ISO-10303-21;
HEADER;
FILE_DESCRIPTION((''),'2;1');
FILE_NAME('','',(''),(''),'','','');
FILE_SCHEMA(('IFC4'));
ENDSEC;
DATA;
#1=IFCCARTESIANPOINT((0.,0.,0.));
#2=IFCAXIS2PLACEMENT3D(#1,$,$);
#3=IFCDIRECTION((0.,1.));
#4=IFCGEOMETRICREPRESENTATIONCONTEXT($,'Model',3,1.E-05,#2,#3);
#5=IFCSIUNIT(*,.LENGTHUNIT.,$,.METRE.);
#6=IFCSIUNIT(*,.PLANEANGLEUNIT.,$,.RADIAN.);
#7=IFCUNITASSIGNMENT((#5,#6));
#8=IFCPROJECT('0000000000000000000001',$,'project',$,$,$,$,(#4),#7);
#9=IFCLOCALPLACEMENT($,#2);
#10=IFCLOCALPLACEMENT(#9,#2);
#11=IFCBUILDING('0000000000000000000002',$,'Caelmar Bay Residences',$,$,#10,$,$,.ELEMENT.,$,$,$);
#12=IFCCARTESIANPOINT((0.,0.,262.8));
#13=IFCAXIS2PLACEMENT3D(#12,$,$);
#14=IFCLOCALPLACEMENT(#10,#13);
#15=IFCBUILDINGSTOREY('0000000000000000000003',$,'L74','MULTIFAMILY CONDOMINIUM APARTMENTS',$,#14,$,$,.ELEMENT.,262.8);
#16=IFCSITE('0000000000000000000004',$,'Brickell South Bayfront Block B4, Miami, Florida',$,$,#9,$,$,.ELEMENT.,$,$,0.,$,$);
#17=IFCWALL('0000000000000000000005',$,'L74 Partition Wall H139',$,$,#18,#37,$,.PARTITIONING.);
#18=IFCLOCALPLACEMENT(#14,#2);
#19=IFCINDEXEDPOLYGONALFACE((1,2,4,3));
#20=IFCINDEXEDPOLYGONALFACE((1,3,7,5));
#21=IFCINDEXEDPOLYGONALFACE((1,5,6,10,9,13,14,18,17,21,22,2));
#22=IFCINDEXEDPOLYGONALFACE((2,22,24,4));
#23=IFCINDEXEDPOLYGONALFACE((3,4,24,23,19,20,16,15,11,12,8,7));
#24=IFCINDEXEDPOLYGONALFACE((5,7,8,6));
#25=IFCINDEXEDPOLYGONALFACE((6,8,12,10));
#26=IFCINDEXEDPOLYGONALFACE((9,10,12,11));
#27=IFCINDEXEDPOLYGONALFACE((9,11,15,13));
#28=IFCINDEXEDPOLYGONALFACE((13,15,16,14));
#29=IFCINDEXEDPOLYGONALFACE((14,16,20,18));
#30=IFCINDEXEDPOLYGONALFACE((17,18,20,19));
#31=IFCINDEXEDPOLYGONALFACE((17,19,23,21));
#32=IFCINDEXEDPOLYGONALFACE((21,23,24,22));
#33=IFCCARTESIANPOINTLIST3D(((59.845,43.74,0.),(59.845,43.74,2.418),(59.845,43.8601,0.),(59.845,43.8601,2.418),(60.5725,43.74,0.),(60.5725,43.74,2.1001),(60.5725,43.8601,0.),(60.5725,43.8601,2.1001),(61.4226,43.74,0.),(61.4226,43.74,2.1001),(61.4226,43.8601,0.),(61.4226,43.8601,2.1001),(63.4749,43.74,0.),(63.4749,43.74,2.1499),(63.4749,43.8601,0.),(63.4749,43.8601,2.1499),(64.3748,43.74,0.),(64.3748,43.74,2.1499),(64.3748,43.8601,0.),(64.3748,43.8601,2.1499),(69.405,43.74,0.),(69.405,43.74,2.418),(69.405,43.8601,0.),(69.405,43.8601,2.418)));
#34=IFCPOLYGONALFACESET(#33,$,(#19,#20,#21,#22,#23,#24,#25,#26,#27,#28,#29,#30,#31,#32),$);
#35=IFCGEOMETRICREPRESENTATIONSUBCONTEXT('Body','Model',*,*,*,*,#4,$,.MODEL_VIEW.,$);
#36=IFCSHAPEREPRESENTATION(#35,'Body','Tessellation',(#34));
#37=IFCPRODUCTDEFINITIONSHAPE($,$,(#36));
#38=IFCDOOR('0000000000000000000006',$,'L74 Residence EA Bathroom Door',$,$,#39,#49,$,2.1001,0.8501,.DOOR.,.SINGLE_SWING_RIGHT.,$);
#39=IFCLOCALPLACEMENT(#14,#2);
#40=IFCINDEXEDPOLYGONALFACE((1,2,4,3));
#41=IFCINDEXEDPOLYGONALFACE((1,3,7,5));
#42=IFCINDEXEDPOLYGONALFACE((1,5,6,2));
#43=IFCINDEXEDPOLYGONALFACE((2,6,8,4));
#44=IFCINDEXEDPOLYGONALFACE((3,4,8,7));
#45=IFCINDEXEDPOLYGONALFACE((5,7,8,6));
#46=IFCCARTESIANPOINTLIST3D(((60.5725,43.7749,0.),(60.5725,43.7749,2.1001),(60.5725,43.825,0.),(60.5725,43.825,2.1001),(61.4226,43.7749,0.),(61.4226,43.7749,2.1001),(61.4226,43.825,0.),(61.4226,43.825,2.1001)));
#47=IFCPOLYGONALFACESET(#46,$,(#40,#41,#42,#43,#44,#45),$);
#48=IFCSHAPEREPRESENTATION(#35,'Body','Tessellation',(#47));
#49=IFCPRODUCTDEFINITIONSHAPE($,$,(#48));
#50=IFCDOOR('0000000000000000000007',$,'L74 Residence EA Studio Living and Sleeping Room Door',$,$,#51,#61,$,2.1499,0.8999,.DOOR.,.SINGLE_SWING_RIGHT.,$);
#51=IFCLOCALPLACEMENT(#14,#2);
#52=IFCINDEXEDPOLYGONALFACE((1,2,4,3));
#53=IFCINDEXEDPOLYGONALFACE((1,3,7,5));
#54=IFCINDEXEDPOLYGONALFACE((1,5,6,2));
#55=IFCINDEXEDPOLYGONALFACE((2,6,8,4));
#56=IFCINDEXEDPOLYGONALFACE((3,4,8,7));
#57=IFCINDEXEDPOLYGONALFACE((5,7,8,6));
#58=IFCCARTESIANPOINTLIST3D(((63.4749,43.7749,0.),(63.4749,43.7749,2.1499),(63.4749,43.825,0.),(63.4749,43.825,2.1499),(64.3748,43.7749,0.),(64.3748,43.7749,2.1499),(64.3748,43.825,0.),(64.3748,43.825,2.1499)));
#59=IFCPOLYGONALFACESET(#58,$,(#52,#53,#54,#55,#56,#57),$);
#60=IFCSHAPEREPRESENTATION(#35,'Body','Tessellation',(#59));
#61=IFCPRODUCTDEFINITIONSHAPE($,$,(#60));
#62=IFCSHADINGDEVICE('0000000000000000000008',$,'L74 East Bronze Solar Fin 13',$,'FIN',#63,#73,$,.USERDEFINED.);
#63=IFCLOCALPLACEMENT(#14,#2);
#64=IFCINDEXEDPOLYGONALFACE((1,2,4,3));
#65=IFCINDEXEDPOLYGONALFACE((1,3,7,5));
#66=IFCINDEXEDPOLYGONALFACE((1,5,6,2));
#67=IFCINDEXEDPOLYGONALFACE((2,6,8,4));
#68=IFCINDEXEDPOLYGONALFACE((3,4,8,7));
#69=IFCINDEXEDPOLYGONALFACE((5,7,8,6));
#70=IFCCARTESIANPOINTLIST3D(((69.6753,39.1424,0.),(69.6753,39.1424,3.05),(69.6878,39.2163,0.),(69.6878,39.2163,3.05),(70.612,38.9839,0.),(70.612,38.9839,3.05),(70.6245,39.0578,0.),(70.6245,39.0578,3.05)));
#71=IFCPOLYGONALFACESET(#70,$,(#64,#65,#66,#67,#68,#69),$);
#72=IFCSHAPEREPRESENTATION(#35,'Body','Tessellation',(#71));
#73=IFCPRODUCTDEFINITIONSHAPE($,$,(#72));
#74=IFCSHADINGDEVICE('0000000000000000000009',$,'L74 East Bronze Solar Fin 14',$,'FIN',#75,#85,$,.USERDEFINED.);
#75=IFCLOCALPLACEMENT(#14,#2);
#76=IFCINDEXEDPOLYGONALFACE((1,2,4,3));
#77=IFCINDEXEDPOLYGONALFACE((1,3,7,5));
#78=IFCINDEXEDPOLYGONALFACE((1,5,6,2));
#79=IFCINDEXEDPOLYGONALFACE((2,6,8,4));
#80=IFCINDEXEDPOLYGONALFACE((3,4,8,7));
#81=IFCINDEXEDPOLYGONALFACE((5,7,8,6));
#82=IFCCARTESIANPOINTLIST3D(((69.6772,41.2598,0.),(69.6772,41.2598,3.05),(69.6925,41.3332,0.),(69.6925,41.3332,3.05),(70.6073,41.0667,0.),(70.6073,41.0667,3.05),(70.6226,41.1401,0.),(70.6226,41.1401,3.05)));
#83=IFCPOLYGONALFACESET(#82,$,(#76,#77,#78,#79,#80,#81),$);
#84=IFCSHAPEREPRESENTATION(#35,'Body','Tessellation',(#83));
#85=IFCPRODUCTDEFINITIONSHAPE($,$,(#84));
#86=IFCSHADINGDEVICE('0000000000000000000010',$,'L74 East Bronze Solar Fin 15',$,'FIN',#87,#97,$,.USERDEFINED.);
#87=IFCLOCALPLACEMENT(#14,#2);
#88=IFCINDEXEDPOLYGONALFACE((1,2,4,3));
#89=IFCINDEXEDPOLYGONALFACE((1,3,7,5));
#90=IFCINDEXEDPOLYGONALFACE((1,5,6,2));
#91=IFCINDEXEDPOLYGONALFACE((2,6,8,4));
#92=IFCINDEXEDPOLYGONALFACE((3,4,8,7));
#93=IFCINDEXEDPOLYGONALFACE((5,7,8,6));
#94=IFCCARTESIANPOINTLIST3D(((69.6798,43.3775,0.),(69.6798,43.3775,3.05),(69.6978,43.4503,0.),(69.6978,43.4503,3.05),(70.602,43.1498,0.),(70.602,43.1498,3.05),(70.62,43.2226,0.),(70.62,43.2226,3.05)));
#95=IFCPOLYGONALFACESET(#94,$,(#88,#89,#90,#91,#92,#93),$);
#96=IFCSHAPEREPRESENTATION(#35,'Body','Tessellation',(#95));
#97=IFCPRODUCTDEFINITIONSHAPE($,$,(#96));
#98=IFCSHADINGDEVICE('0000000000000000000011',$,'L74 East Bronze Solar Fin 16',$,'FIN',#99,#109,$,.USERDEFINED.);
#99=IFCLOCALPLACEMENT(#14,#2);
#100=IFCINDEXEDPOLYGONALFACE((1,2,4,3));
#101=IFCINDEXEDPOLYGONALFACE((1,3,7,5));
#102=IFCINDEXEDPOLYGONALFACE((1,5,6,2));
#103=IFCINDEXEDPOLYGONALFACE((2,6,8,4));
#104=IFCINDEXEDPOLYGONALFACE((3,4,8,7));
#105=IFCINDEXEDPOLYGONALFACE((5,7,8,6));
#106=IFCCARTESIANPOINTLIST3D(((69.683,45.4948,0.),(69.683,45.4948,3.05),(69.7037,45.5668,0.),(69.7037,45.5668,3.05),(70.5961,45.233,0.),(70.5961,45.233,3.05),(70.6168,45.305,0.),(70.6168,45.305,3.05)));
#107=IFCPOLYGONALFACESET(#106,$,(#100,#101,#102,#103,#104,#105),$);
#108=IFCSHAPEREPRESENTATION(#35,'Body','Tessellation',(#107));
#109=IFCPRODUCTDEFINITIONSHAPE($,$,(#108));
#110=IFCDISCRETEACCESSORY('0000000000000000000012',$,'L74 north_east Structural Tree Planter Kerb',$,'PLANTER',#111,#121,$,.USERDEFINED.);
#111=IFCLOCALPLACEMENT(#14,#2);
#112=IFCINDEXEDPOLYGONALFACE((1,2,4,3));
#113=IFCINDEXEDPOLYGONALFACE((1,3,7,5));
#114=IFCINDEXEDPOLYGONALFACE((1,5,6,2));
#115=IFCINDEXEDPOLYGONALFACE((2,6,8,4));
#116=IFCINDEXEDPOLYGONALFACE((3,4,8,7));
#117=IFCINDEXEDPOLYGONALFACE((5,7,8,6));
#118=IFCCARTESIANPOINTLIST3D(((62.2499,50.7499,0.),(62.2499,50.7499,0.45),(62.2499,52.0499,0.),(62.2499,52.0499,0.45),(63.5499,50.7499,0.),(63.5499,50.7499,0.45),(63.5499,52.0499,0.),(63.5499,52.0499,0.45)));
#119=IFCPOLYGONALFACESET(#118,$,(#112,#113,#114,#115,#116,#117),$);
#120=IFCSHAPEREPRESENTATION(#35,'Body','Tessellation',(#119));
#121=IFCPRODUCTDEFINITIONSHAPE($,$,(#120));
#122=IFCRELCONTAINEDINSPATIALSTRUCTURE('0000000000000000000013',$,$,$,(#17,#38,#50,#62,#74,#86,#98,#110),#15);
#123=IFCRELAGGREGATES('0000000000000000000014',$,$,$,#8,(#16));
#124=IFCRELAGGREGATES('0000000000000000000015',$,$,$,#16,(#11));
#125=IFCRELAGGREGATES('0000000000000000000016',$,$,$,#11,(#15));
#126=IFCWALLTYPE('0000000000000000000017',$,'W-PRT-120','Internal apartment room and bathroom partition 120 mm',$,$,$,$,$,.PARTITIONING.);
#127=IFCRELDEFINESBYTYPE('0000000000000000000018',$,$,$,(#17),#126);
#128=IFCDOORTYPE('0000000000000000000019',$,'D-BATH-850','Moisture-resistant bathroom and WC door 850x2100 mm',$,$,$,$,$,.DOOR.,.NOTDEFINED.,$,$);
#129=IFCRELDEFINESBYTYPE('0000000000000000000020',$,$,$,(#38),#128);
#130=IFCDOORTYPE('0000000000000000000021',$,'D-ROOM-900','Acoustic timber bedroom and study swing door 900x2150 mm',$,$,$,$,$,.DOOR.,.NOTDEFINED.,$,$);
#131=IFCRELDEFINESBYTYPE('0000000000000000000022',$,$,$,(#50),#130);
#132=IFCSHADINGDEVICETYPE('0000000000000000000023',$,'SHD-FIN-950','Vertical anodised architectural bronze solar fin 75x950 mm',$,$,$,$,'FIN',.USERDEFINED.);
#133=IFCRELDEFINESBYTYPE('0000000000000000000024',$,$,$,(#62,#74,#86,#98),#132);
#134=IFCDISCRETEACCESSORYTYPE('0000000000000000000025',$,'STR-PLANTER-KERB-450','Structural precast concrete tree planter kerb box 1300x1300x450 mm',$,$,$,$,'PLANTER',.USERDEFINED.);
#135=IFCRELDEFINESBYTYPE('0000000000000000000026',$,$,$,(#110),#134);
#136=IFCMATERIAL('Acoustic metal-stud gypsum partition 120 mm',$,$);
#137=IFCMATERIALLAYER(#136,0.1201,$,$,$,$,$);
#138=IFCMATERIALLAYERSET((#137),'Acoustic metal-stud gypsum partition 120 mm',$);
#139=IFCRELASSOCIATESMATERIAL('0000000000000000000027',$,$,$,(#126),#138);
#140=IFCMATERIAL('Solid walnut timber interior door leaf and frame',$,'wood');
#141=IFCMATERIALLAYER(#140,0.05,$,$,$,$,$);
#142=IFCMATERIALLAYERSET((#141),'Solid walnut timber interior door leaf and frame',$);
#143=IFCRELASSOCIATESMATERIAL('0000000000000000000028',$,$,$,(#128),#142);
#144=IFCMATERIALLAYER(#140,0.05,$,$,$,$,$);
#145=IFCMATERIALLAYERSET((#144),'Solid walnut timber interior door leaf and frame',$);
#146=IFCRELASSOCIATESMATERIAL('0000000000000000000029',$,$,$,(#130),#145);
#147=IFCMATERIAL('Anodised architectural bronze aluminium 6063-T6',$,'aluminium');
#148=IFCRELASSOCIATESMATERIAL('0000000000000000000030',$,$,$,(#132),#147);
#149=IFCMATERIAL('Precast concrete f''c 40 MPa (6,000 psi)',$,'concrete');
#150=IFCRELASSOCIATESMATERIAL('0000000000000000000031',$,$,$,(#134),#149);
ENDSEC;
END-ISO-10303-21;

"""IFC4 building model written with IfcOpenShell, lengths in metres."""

from ifc_helpers import new_model, si_unit, direction, frame, frame_2d, origin, origin_2d, place, context, subcontext, project, spatial, rectangle, extrude, material, layer, layer_set, material_profile, profile_set, type_object, element, fill, save


model = new_model("IFC4")

# Units and contexts
model_context = context("Model", 3, precision=1e-05, world=origin(), true_north=direction((0.0, 1.0)))
body_context = subcontext(model_context, "Body", "Model", "MODEL_VIEW")
ifc_project = project(units=[si_unit("LENGTHUNIT", "METRE"), si_unit("PLANEANGLEUNIT", "RADIAN")], contexts=[model_context])

# Site, building, storey
site_placement = place(None, origin())
site = spatial("IfcSite", under=ifc_project, at=site_placement, Name="Brickell South Bayfront Block B4, Miami, Florida", CompositionType="ELEMENT", RefElevation=0.0)
building_placement = place(site_placement, origin())
building = spatial("IfcBuilding", under=site, at=building_placement, Name="Caelmar Bay Residences", CompositionType="ELEMENT")
storey_placement = place(building_placement, frame((0.0, 0.0, 262.8)))
storey = spatial("IfcBuildingStorey", under=building, at=storey_placement, Name="L74", Description="MULTIFAMILY CONDOMINIUM APARTMENTS", CompositionType="ELEMENT", Elevation=262.8)

# Shared definitions
ifc_material_1 = material(Name="Precast concrete f'c 40 MPa (6,000 psi)", Category="concrete")

# Shared definitions
ifc_material_2 = material(Name="Acoustic metal-stud gypsum partition 120 mm")
ifc_layer_1 = layer(ifc_material_2, 0.1201)
ifc_layer_set_1 = layer_set([ifc_layer_1], Name="Acoustic metal-stud gypsum partition 120 mm")
wall_type_1 = type_object("IfcWallType", Name="W-PRT-120", Description="Internal apartment room and bathroom partition 120 mm", PredefinedType="PARTITIONING", material=ifc_layer_set_1)

# Wall, openings, doors
wall_1_placement = place(storey_placement, frame((59.845, 43.8, 0.0), z_axis=(0.0, 0.0, 1.0), x_axis=(1.0, 0.0, 0.0)))
wall_1 = element("IfcWall", 1, at=wall_1_placement, inside=storey, type_object=wall_type_1, Name="L74 Partition Wall H139", PredefinedType="PARTITIONING", context=body_context, shape_type="SweptSolid", body=[
    extrude(rectangle(XDim=9.5601, YDim=0.1201, at=frame_2d((4.78, 0.0))), origin(), (0.0, 0.0, 1.0), 2.418),
])
opening_1_placement = place(wall_1_placement, frame((3.6299, 0.0, 0.0)))
opening_1 = element("IfcOpeningElement", 2, at=opening_1_placement, cuts=wall_1, PredefinedType="OPENING", context=body_context, shape_type="SweptSolid", body=[
    extrude(rectangle(XDim=0.8999, YDim=2.1499, at=frame_2d((0.45, 1.075))), frame((0.0, 0.0701, 0.0), z_axis=(0.0, -1.0, 0.0), x_axis=(1.0, 0.0, 0.0)), (0.0, 0.0, 1.0), 0.1401),
])
opening_2_placement = place(wall_1_placement, frame((0.7275, 0.0, 0.0)))
opening_2 = element("IfcOpeningElement", 3, at=opening_2_placement, cuts=wall_1, PredefinedType="OPENING", context=body_context, shape_type="SweptSolid", body=[
    extrude(rectangle(XDim=0.8501, YDim=2.1001, at=frame_2d((0.425, 1.05))), frame((0.0, 0.0701, 0.0), z_axis=(0.0, -1.0, 0.0), x_axis=(1.0, 0.0, 0.0)), (0.0, 0.0, 1.0), 0.1401),
])
ifc_material_3 = material(Name="Solid walnut timber interior door leaf and frame", Category="wood")
ifc_layer_2 = layer(ifc_material_3, 0.05)
ifc_layer_set_2 = layer_set([ifc_layer_2], Name="Solid walnut timber interior door leaf and frame")
door_type_1 = type_object("IfcDoorType", Name="D-BATH-850", Description="Moisture-resistant bathroom and WC door 850x2100 mm", OperationType="NOTDEFINED", PredefinedType="DOOR", material=ifc_layer_set_2)
door_1_placement = place(opening_2_placement, origin())
door_1 = element("IfcDoor", 4, at=door_1_placement, inside=storey, type_object=door_type_1, Name="L74 Residence EA Bathroom Door", OperationType="SINGLE_SWING_RIGHT", OverallHeight=2.1001, OverallWidth=0.8501, PredefinedType="DOOR", context=body_context, shape_type="SweptSolid", body=[
    extrude(rectangle(XDim=0.8501, YDim=2.1001, at=frame_2d((0.425, 1.05))), frame((0.0, 0.0249, 0.0), z_axis=(0.0, -1.0, 0.0), x_axis=(1.0, 0.0, 0.0)), (0.0, 0.0, 1.0), 0.05),
])
fill(opening_2, door_1)
ifc_layer_3 = layer(ifc_material_3, 0.05)
ifc_layer_set_3 = layer_set([ifc_layer_3], Name="Solid walnut timber interior door leaf and frame")
door_type_2 = type_object("IfcDoorType", Name="D-ROOM-900", Description="Acoustic timber bedroom and study swing door 900x2150 mm", OperationType="NOTDEFINED", PredefinedType="DOOR", material=ifc_layer_set_3)
door_2_placement = place(opening_1_placement, origin())
door_2 = element("IfcDoor", 5, at=door_2_placement, inside=storey, type_object=door_type_2, Name="L74 Residence EA Studio Living and Sleeping Room Door", OperationType="SINGLE_SWING_RIGHT", OverallHeight=2.1499, OverallWidth=0.8999, PredefinedType="DOOR", context=body_context, shape_type="SweptSolid", body=[
    extrude(rectangle(XDim=0.8999, YDim=2.1499, at=frame_2d((0.45, 1.075))), frame((0.0, 0.0249, 0.0), z_axis=(0.0, -1.0, 0.0), x_axis=(1.0, 0.0, 0.0)), (0.0, 0.0, 1.0), 0.05),
])
fill(opening_1, door_2)

# Shading devices
ifc_material_4 = material(Name="Anodised architectural bronze aluminium 6063-T6", Category="aluminium")
ifc_material_profile_1 = material_profile(ifc_material_4, rectangle(XDim=0.075, YDim=0.95, at=origin_2d()), Name="BRONZE-FIN-75X950")
ifc_profile_set_1 = profile_set([ifc_material_profile_1], Name="Anodised architectural bronze aluminium 6063-T6")
shading_device_type = type_object("IfcShadingDeviceType", Name="SHD-FIN-950", Description="Vertical anodised architectural bronze solar fin 75x950 mm", ElementType="FIN", PredefinedType="USERDEFINED", material=ifc_profile_set_1)
for number, where, z_axis, x_axis, name in (
    (6, (70.1499, 39.1001, 0.0), (0.0, 0.0, 1.0), (0.166769, 0.985996, 0.0), "L74 East Bronze Solar Fin 13"),
    (7, (70.1499, 41.2, 0.0), (0.0, 0.0, 1.0), (0.2033, 0.979116, 0.0), "L74 East Bronze Solar Fin 14"),
    (8, (70.1499, 43.3, 0.0), (0.0, 0.0, 1.0), (0.23972, 0.970842, 0.0), "L74 East Bronze Solar Fin 15"),
    (9, (70.1499, 45.3999, 0.0), (0.0, 0.0, 1.0), (0.275637, 0.961262, 0.0), "L74 East Bronze Solar Fin 16"),
):
    element("IfcShadingDevice", number, at=place(storey_placement, frame(where, z_axis=z_axis, x_axis=x_axis)), inside=storey, type_object=shading_device_type, Name=name, ObjectType="FIN", PredefinedType="USERDEFINED", context=body_context, shape_type="SweptSolid", body=[
        extrude(rectangle(XDim=0.075, YDim=0.95, at=origin_2d()), origin(), (0.0, 0.0, 1.0), 3.05),
    ])

# Discrete accessory
discrete_accessory_type = type_object("IfcDiscreteAccessoryType", Name="STR-PLANTER-KERB-450", Description="Structural precast concrete tree planter kerb box 1300x1300x450 mm", ElementType="PLANTER", PredefinedType="USERDEFINED", material=ifc_material_1)
discrete_accessory_placement = place(storey_placement, frame((62.8999, 51.3999, 0.0), z_axis=(0.0, 0.0, 1.0), x_axis=(1.0, 0.0, 0.0)))
element("IfcDiscreteAccessory", 10, at=discrete_accessory_placement, inside=storey, type_object=discrete_accessory_type, Name="L74 north_east Structural Tree Planter Kerb", ObjectType="PLANTER", PredefinedType="USERDEFINED", context=body_context, shape_type="SweptSolid", body=[
    extrude(rectangle(XDim=1.3, YDim=1.3, at=origin_2d()), origin(), (0.0, 0.0, 1.0), 0.45),
])

save(model, "model.ifc")
